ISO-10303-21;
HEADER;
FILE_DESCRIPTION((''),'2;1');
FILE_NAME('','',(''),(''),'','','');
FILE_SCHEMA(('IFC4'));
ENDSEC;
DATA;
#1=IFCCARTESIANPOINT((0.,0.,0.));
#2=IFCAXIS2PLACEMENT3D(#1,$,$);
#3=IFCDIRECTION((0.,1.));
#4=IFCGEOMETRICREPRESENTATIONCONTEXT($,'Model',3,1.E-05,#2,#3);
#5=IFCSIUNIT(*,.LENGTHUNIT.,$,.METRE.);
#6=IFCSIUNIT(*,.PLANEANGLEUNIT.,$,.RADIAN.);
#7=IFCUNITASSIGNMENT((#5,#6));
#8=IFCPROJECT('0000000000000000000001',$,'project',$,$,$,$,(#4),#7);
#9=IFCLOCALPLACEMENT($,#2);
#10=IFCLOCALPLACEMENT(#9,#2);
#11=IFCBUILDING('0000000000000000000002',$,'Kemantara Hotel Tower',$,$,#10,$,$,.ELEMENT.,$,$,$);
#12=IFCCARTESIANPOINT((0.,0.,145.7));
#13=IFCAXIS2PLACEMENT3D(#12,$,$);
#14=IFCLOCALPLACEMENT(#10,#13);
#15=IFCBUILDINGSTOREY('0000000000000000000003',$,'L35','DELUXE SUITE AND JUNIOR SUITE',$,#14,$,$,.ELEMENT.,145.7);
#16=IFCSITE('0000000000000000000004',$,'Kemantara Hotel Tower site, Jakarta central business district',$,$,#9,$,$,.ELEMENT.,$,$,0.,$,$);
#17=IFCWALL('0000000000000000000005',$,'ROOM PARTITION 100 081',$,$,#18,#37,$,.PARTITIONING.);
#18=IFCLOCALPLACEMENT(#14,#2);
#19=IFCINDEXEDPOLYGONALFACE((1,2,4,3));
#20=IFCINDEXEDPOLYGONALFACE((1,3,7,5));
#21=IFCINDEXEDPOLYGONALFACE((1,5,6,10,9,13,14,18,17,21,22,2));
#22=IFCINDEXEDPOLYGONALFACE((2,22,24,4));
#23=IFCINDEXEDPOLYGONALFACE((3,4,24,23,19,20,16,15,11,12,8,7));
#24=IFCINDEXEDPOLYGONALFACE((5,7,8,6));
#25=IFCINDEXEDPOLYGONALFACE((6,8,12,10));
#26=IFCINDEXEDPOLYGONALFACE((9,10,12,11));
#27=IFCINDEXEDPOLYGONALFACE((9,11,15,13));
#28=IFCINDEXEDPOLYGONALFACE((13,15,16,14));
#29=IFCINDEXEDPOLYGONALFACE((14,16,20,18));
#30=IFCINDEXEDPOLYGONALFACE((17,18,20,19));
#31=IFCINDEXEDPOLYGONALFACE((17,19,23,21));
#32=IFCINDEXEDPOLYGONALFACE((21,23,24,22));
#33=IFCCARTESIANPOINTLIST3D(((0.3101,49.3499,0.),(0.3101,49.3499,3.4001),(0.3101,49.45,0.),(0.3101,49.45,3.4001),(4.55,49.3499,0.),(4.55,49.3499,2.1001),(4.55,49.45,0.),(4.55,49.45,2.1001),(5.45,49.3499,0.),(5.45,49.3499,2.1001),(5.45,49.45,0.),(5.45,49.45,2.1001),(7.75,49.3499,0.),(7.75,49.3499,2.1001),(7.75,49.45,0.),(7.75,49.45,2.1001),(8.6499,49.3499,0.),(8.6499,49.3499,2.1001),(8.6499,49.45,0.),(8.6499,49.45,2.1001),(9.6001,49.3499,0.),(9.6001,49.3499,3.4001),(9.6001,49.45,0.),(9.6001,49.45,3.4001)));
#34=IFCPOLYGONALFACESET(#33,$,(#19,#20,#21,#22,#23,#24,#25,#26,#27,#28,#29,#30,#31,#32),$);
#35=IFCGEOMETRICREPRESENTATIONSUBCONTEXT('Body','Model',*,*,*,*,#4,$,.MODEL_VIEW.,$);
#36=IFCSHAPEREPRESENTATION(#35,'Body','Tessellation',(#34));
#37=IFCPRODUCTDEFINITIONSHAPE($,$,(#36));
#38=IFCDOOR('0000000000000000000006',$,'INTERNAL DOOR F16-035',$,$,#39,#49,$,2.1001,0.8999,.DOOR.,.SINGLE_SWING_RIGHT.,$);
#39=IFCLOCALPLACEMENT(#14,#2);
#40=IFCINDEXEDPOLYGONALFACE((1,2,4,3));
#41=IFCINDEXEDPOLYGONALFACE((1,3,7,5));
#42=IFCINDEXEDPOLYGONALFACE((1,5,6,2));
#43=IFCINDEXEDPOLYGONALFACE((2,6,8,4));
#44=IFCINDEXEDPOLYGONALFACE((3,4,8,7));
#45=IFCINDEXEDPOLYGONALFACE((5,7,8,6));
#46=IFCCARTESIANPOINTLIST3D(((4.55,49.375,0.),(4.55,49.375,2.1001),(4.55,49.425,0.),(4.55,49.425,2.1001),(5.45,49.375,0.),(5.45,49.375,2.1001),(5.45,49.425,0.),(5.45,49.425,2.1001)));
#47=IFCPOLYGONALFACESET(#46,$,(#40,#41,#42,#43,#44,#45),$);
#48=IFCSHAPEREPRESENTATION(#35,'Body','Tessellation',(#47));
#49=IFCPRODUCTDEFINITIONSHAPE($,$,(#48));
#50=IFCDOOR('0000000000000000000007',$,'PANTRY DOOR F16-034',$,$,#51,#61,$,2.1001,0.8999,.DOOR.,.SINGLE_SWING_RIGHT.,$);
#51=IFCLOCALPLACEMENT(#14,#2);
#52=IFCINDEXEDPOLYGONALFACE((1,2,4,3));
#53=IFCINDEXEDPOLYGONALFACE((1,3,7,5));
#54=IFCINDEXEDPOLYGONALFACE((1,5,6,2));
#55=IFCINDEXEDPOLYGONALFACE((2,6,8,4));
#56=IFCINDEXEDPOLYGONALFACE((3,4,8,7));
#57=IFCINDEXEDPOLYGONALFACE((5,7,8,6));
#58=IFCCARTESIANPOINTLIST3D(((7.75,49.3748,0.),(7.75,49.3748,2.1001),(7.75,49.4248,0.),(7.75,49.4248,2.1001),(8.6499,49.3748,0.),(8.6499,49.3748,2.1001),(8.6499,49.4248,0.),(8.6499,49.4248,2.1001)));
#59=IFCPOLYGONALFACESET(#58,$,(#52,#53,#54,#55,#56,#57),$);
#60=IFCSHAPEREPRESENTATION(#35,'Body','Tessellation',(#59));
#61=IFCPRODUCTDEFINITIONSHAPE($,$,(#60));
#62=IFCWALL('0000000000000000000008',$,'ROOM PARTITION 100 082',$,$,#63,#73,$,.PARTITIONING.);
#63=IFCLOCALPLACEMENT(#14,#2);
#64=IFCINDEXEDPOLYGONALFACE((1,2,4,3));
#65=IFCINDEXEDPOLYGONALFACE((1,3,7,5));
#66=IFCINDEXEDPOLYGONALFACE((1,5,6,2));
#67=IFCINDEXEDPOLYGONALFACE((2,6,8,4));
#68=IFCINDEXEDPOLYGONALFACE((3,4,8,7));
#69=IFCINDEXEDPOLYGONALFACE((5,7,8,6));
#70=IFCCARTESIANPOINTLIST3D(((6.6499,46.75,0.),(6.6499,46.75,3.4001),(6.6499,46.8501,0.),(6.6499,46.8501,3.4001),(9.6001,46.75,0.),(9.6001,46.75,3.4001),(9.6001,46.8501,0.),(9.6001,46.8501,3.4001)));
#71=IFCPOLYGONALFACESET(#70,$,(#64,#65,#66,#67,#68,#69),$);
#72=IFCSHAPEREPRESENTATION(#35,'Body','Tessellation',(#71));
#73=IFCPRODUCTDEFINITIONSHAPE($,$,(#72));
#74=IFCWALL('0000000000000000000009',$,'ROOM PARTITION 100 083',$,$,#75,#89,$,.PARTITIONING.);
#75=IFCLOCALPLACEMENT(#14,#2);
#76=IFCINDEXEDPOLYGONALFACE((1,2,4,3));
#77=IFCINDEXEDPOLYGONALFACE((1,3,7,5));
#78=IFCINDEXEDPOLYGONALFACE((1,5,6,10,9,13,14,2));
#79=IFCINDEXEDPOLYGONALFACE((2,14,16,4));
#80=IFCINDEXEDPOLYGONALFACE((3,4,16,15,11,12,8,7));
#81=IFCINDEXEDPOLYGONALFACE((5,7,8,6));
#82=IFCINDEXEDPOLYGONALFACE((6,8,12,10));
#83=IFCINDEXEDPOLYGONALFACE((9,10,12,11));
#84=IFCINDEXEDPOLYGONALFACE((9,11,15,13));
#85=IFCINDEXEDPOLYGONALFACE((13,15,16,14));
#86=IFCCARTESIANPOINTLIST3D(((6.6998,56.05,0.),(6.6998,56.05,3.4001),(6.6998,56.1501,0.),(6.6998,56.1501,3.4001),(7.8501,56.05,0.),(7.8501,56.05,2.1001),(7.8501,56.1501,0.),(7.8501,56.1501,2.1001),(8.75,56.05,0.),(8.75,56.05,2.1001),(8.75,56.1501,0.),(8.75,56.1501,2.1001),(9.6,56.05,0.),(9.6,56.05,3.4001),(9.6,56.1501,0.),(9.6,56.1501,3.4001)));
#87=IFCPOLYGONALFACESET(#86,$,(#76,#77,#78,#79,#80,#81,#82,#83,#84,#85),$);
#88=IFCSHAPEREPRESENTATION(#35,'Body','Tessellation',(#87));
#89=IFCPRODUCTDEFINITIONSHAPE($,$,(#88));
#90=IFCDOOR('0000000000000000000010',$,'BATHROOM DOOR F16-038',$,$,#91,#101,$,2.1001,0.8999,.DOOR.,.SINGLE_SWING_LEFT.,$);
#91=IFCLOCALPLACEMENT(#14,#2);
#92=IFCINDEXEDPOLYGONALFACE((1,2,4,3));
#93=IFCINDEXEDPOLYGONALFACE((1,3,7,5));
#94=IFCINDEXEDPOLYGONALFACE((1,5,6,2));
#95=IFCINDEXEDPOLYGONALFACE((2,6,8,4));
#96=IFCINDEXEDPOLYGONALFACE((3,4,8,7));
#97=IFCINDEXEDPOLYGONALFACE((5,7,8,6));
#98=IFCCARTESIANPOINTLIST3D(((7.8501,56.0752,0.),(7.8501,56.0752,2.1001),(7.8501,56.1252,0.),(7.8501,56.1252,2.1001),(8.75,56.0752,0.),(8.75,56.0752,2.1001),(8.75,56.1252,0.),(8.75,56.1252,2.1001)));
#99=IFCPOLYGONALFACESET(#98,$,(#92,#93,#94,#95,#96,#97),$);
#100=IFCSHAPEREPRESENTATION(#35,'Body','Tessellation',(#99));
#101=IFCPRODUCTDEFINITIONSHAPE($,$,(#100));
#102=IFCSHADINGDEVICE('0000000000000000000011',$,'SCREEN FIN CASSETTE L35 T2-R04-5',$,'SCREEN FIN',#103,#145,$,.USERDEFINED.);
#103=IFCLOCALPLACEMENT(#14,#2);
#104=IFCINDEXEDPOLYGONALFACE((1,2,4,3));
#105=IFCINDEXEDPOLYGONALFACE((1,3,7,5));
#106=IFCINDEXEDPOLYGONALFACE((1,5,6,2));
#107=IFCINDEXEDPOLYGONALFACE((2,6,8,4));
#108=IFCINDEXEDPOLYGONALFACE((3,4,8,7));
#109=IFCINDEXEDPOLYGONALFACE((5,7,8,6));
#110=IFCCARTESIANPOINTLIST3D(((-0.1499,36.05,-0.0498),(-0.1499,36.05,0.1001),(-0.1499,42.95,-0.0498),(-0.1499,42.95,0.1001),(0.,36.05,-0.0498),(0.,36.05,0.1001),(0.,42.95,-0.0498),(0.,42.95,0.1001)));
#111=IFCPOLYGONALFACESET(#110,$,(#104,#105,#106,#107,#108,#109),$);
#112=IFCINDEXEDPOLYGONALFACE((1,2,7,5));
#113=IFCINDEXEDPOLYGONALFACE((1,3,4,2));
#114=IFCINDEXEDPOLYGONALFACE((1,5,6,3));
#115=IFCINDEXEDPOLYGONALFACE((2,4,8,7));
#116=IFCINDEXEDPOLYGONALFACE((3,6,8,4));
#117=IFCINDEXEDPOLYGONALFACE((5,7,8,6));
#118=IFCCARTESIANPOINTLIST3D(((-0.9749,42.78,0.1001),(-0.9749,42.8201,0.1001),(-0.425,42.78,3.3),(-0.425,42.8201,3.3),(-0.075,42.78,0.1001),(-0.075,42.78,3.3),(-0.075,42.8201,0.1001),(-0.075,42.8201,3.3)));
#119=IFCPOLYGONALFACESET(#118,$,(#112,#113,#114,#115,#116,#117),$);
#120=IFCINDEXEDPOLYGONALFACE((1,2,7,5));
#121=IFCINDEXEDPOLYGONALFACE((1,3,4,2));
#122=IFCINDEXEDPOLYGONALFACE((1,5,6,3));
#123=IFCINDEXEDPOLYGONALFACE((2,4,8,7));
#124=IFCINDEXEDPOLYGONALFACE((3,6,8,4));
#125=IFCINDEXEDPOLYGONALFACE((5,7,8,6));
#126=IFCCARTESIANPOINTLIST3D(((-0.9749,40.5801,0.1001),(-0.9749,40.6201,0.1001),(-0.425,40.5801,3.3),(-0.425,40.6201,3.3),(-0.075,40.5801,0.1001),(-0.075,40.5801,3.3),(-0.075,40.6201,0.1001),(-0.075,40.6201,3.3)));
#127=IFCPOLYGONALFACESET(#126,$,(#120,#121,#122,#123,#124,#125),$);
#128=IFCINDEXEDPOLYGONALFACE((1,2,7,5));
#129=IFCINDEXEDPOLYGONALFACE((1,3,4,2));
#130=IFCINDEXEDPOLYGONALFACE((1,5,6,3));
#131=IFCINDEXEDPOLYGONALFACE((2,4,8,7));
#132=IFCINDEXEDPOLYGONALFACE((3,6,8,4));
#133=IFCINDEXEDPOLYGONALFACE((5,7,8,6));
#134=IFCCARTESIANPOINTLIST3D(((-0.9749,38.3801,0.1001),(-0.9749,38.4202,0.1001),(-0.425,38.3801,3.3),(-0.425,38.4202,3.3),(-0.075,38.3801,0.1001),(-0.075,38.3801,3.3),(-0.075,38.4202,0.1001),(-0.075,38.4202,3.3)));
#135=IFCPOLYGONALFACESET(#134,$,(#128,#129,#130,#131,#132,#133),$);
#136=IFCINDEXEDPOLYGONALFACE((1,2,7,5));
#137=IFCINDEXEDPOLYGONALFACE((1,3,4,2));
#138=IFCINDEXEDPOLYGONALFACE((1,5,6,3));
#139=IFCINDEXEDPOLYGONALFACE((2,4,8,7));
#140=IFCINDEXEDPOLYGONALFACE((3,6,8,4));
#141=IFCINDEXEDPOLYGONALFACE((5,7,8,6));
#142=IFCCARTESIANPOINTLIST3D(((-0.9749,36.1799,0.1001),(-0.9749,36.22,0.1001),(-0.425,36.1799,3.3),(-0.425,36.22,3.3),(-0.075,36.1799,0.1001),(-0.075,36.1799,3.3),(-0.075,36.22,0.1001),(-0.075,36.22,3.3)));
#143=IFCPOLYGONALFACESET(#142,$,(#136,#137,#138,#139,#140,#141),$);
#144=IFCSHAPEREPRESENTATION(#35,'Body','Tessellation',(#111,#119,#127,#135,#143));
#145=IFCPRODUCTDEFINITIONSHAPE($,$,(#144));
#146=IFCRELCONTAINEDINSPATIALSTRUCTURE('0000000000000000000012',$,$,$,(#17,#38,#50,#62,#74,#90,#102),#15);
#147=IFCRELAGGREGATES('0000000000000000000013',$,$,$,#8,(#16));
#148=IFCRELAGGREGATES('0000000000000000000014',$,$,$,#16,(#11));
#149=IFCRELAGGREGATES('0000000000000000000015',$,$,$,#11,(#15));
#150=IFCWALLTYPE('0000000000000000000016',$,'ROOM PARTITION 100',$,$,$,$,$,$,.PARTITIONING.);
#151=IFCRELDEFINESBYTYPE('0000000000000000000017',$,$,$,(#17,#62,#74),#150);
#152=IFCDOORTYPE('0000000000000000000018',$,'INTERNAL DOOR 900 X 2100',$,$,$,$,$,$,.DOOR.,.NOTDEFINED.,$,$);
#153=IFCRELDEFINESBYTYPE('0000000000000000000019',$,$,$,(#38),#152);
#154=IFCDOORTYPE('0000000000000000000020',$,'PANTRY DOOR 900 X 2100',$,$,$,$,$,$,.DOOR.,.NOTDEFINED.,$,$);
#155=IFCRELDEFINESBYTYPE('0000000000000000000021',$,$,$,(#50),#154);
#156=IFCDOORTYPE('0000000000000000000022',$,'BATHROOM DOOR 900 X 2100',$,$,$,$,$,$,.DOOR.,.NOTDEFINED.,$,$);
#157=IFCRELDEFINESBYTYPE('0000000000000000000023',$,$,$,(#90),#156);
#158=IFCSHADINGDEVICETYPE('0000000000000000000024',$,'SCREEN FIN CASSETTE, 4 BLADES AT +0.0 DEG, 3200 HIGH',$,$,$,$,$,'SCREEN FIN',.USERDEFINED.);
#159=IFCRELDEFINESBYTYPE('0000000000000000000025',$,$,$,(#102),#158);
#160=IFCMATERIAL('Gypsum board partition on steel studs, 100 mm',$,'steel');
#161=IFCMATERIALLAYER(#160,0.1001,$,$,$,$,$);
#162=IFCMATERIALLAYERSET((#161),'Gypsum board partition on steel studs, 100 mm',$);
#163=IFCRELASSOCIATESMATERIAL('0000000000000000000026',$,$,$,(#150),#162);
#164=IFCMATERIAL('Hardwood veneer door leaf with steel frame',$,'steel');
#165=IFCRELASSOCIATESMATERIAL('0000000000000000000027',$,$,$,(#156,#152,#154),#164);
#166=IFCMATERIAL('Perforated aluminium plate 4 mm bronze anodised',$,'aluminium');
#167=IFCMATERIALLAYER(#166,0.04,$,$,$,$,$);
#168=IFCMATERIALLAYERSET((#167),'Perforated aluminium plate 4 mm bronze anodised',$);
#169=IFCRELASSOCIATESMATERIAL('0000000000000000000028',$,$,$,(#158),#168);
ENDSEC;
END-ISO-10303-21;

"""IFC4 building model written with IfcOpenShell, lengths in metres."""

from ifc_helpers import new_model, si_unit, direction, frame, frame_2d, origin, origin_2d, place, context, subcontext, project, spatial, polyline, rectangle, outline, extrude, source, transform, mapped, material, layer, layer_set, type_object, element, fill, save


model = new_model("IFC4")

# Units and contexts
model_context = context("Model", 3, precision=1e-05, world=origin(), true_north=direction((0.0, 1.0)))
body_context = subcontext(model_context, "Body", "Model", "MODEL_VIEW")
ifc_project = project(units=[si_unit("LENGTHUNIT", "METRE"), si_unit("PLANEANGLEUNIT", "RADIAN")], contexts=[model_context])

# Site, building, storey
site_placement = place(None, origin())
site = spatial("IfcSite", under=ifc_project, at=site_placement, Name="Kemantara Hotel Tower site, Jakarta central business district", CompositionType="ELEMENT", RefElevation=0.0)
building_placement = place(site_placement, origin())
building = spatial("IfcBuilding", under=site, at=building_placement, Name="Kemantara Hotel Tower", CompositionType="ELEMENT")
storey_placement = place(building_placement, frame((0.0, 0.0, 145.7)))
storey = spatial("IfcBuildingStorey", under=building, at=storey_placement, Name="L35", Description="DELUXE SUITE AND JUNIOR SUITE", CompositionType="ELEMENT", Elevation=145.7)

# Shared definitions
ifc_material_1 = material(Name="Hardwood veneer door leaf with steel frame", Category="steel")

# Shared definitions
ifc_material_2 = material(Name="Gypsum board partition on steel studs, 100 mm", Category="steel")
ifc_layer_1 = layer(ifc_material_2, 0.1001)
ifc_layer_set_1 = layer_set([ifc_layer_1], Name="Gypsum board partition on steel studs, 100 mm")
wall_type_1 = type_object("IfcWallType", Name="ROOM PARTITION 100", PredefinedType="PARTITIONING", material=ifc_layer_set_1)
door_type_1 = type_object("IfcDoorType", Name="BATHROOM DOOR 900 X 2100", OperationType="NOTDEFINED", PredefinedType="DOOR", material=ifc_material_1)

# Wall, openings, doors
wall_1_placement = place(storey_placement, frame((0.3101, 49.3999, 0.0), z_axis=(0.0, 0.0, 1.0), x_axis=(1.0, 0.0, 0.0)))
wall_1 = element("IfcWall", 1, at=wall_1_placement, inside=storey, type_object=wall_type_1, Name="ROOM PARTITION 100 081", PredefinedType="PARTITIONING", context=body_context, shape_type="SweptSolid", body=[
    extrude(rectangle(XDim=9.29, YDim=0.1001, at=frame_2d((4.645, 0.0))), origin(), (0.0, 0.0, 1.0), 3.4001),
])
opening_1_placement = place(wall_1_placement, frame((7.4399, 0.0, 0.0)))
opening_1 = element("IfcOpeningElement", 2, at=opening_1_placement, cuts=wall_1, PredefinedType="OPENING", context=body_context, shape_type="SweptSolid", body=[
    extrude(rectangle(XDim=0.8999, YDim=2.1001, at=frame_2d((0.45, 1.05))), frame((0.0, 0.0601, 0.0), z_axis=(0.0, -1.0, 0.0), x_axis=(1.0, 0.0, 0.0)), (0.0, 0.0, 1.0), 0.1201),
])
opening_2_placement = place(wall_1_placement, frame((4.24, 0.0, 0.0)))
opening_2 = element("IfcOpeningElement", 3, at=opening_2_placement, cuts=wall_1, PredefinedType="OPENING", context=body_context, shape_type="SweptSolid", body=[
    extrude(rectangle(XDim=0.8999, YDim=2.1001, at=frame_2d((0.45, 1.05))), frame((0.0, 0.0601, 0.0), z_axis=(0.0, -1.0, 0.0), x_axis=(1.0, 0.0, 0.0)), (0.0, 0.0, 1.0), 0.1201),
])
door_type_2 = type_object("IfcDoorType", Name="INTERNAL DOOR 900 X 2100", OperationType="NOTDEFINED", PredefinedType="DOOR", material=ifc_material_1)
door_1_placement = place(opening_2_placement, frame((0.8999, 0.0, 0.0), z_axis=(0.0, 0.0, 1.0), x_axis=(-1.0, 0.0, 0.0)))
door_1 = element("IfcDoor", 4, at=door_1_placement, inside=storey, type_object=door_type_2, Name="INTERNAL DOOR F16-035", OperationType="SINGLE_SWING_RIGHT", OverallHeight=2.1001, OverallWidth=0.8999, PredefinedType="DOOR", context=body_context, shape_type="SweptSolid", body=[
    extrude(rectangle(XDim=0.8999, YDim=2.1001, at=frame_2d((0.45, 1.05))), frame((0.0, 0.0249, 0.0), z_axis=(0.0, -1.0, 0.0), x_axis=(1.0, 0.0, 0.0)), (0.0, 0.0, 1.0), 0.05),
])
fill(opening_2, door_1)
door_type_3 = type_object("IfcDoorType", Name="PANTRY DOOR 900 X 2100", OperationType="NOTDEFINED", PredefinedType="DOOR", material=ifc_material_1)
door_2_placement = place(opening_1_placement, origin())
door_2 = element("IfcDoor", 5, at=door_2_placement, inside=storey, type_object=door_type_3, Name="PANTRY DOOR F16-034", OperationType="SINGLE_SWING_RIGHT", OverallHeight=2.1001, OverallWidth=0.8999, PredefinedType="DOOR", context=body_context, shape_type="SweptSolid", body=[
    extrude(rectangle(XDim=0.8999, YDim=2.1001, at=frame_2d((0.45, 1.05))), frame((0.0, 0.0249, 0.0), z_axis=(0.0, -1.0, 0.0), x_axis=(1.0, 0.0, 0.0)), (0.0, 0.0, 1.0), 0.05),
])
fill(opening_1, door_2)

# Wall
wall_2_placement = place(storey_placement, frame((6.6499, 46.8, 0.0), z_axis=(0.0, 0.0, 1.0), x_axis=(1.0, 0.0, 0.0)))
element("IfcWall", 6, at=wall_2_placement, inside=storey, type_object=wall_type_1, Name="ROOM PARTITION 100 082", PredefinedType="PARTITIONING", context=body_context, shape_type="SweptSolid", body=[
    extrude(rectangle(XDim=2.9502, YDim=0.1001, at=frame_2d((1.4751, 0.0))), origin(), (0.0, 0.0, 1.0), 3.4001),
])

# Wall, opening, door
wall_3_placement = place(storey_placement, frame((9.6001, 56.1001, 0.0), z_axis=(0.0, 0.0, 1.0), x_axis=(-1.0, 0.0, 0.0)))
wall_3 = element("IfcWall", 7, at=wall_3_placement, inside=storey, type_object=wall_type_1, Name="ROOM PARTITION 100 083", PredefinedType="PARTITIONING", context=body_context, shape_type="SweptSolid", body=[
    extrude(rectangle(XDim=2.9001, YDim=0.1001, at=frame_2d((1.4502, 0.0))), origin(), (0.0, 0.0, 1.0), 3.4001),
])
opening_3_placement = place(wall_3_placement, frame((0.8501, 0.0, 0.0)))
opening_3 = element("IfcOpeningElement", 8, at=opening_3_placement, cuts=wall_3, PredefinedType="OPENING", context=body_context, shape_type="SweptSolid", body=[
    extrude(rectangle(XDim=0.8999, YDim=2.1001, at=frame_2d((0.45, 1.05))), frame((0.0, 0.0601, 0.0), z_axis=(0.0, -1.0, 0.0), x_axis=(1.0, 0.0, 0.0)), (0.0, 0.0, 1.0), 0.1201),
])
door_3_placement = place(opening_3_placement, origin())
door_3 = element("IfcDoor", 9, at=door_3_placement, inside=storey, type_object=door_type_1, Name="BATHROOM DOOR F16-038", OperationType="SINGLE_SWING_LEFT", OverallHeight=2.1001, OverallWidth=0.8999, PredefinedType="DOOR", context=body_context, shape_type="SweptSolid", body=[
    extrude(rectangle(XDim=0.8999, YDim=2.1001, at=frame_2d((0.45, 1.05))), frame((0.0, 0.0249, 0.0), z_axis=(0.0, -1.0, 0.0), x_axis=(1.0, 0.0, 0.0)), (0.0, 0.0, 1.0), 0.05),
])
fill(opening_3, door_3)

# Shading device
ifc_material_3 = material(Name="Perforated aluminium plate 4 mm bronze anodised", Category="aluminium")
ifc_layer_2 = layer(ifc_material_3, 0.04)
ifc_layer_set_2 = layer_set([ifc_layer_2], Name="Perforated aluminium plate 4 mm bronze anodised")
shading_device_type_1 = type_object("IfcShadingDeviceType", Name="SCREEN FIN CASSETTE, 4 BLADES AT +0.0 DEG, 3200 HIGH", ElementType="SCREEN FIN", PredefinedType="USERDEFINED", material=ifc_layer_set_2)
shared_shape_1 = source(origin(), body_context, "Body", "SweptSolid", [
    extrude(rectangle(XDim=6.8999, YDim=0.1499, at=origin_2d()), frame((3.3, -0.075, -0.1499), z_axis=(0.0, 0.0, 1.0), x_axis=(1.0, 0.0, 0.0)), (0.0, 0.0, 1.0), 0.1499),
    extrude(outline(polyline([(0.0, 0.0), (0.8999, 0.0), (0.3501, 3.2), (0.0, 3.2), (0.0, 0.0)])), frame((0.02, -0.075, 0.0), z_axis=(-1.0, 0.0, 0.0), x_axis=(0.0, -1.0, 0.0)), (0.0, 0.0, 1.0), 0.04),
    extrude(outline(polyline([(0.0, 0.0), (0.8999, 0.0), (0.3501, 3.2), (0.0, 3.2), (0.0, 0.0)])), frame((2.22, -0.075, 0.0), z_axis=(-1.0, 0.0, 0.0), x_axis=(0.0, -1.0, 0.0)), (0.0, 0.0, 1.0), 0.04),
    extrude(outline(polyline([(0.0, 0.0), (0.8999, 0.0), (0.3501, 3.2), (0.0, 3.2), (0.0, 0.0)])), frame((4.4199, -0.075, 0.0), z_axis=(-1.0, 0.0, 0.0), x_axis=(0.0, -1.0, 0.0)), (0.0, 0.0, 1.0), 0.04),
    extrude(outline(polyline([(0.0, 0.0), (0.8999, 0.0), (0.3501, 3.2), (0.0, 3.2), (0.0, 0.0)])), frame((6.6201, -0.075, 0.0), z_axis=(-1.0, 0.0, 0.0), x_axis=(0.0, -1.0, 0.0)), (0.0, 0.0, 1.0), 0.04),
])
shading_device_1_placement = place(storey_placement, frame((0.0, 42.8, 0.1001), z_axis=(0.0, 0.0, 1.0), x_axis=(0.0, -1.0, 0.0)))
element("IfcShadingDevice", 10, at=shading_device_1_placement, inside=storey, type_object=shading_device_type_1, Name="SCREEN FIN CASSETTE L35 T2-R04-5", ObjectType="SCREEN FIN", PredefinedType="USERDEFINED", context=body_context, shape_type="MappedRepresentation", body=[
    mapped(shared_shape_1, transform((0.0, 0.0, 0.0))),
])

save(model, "model.ifc")
